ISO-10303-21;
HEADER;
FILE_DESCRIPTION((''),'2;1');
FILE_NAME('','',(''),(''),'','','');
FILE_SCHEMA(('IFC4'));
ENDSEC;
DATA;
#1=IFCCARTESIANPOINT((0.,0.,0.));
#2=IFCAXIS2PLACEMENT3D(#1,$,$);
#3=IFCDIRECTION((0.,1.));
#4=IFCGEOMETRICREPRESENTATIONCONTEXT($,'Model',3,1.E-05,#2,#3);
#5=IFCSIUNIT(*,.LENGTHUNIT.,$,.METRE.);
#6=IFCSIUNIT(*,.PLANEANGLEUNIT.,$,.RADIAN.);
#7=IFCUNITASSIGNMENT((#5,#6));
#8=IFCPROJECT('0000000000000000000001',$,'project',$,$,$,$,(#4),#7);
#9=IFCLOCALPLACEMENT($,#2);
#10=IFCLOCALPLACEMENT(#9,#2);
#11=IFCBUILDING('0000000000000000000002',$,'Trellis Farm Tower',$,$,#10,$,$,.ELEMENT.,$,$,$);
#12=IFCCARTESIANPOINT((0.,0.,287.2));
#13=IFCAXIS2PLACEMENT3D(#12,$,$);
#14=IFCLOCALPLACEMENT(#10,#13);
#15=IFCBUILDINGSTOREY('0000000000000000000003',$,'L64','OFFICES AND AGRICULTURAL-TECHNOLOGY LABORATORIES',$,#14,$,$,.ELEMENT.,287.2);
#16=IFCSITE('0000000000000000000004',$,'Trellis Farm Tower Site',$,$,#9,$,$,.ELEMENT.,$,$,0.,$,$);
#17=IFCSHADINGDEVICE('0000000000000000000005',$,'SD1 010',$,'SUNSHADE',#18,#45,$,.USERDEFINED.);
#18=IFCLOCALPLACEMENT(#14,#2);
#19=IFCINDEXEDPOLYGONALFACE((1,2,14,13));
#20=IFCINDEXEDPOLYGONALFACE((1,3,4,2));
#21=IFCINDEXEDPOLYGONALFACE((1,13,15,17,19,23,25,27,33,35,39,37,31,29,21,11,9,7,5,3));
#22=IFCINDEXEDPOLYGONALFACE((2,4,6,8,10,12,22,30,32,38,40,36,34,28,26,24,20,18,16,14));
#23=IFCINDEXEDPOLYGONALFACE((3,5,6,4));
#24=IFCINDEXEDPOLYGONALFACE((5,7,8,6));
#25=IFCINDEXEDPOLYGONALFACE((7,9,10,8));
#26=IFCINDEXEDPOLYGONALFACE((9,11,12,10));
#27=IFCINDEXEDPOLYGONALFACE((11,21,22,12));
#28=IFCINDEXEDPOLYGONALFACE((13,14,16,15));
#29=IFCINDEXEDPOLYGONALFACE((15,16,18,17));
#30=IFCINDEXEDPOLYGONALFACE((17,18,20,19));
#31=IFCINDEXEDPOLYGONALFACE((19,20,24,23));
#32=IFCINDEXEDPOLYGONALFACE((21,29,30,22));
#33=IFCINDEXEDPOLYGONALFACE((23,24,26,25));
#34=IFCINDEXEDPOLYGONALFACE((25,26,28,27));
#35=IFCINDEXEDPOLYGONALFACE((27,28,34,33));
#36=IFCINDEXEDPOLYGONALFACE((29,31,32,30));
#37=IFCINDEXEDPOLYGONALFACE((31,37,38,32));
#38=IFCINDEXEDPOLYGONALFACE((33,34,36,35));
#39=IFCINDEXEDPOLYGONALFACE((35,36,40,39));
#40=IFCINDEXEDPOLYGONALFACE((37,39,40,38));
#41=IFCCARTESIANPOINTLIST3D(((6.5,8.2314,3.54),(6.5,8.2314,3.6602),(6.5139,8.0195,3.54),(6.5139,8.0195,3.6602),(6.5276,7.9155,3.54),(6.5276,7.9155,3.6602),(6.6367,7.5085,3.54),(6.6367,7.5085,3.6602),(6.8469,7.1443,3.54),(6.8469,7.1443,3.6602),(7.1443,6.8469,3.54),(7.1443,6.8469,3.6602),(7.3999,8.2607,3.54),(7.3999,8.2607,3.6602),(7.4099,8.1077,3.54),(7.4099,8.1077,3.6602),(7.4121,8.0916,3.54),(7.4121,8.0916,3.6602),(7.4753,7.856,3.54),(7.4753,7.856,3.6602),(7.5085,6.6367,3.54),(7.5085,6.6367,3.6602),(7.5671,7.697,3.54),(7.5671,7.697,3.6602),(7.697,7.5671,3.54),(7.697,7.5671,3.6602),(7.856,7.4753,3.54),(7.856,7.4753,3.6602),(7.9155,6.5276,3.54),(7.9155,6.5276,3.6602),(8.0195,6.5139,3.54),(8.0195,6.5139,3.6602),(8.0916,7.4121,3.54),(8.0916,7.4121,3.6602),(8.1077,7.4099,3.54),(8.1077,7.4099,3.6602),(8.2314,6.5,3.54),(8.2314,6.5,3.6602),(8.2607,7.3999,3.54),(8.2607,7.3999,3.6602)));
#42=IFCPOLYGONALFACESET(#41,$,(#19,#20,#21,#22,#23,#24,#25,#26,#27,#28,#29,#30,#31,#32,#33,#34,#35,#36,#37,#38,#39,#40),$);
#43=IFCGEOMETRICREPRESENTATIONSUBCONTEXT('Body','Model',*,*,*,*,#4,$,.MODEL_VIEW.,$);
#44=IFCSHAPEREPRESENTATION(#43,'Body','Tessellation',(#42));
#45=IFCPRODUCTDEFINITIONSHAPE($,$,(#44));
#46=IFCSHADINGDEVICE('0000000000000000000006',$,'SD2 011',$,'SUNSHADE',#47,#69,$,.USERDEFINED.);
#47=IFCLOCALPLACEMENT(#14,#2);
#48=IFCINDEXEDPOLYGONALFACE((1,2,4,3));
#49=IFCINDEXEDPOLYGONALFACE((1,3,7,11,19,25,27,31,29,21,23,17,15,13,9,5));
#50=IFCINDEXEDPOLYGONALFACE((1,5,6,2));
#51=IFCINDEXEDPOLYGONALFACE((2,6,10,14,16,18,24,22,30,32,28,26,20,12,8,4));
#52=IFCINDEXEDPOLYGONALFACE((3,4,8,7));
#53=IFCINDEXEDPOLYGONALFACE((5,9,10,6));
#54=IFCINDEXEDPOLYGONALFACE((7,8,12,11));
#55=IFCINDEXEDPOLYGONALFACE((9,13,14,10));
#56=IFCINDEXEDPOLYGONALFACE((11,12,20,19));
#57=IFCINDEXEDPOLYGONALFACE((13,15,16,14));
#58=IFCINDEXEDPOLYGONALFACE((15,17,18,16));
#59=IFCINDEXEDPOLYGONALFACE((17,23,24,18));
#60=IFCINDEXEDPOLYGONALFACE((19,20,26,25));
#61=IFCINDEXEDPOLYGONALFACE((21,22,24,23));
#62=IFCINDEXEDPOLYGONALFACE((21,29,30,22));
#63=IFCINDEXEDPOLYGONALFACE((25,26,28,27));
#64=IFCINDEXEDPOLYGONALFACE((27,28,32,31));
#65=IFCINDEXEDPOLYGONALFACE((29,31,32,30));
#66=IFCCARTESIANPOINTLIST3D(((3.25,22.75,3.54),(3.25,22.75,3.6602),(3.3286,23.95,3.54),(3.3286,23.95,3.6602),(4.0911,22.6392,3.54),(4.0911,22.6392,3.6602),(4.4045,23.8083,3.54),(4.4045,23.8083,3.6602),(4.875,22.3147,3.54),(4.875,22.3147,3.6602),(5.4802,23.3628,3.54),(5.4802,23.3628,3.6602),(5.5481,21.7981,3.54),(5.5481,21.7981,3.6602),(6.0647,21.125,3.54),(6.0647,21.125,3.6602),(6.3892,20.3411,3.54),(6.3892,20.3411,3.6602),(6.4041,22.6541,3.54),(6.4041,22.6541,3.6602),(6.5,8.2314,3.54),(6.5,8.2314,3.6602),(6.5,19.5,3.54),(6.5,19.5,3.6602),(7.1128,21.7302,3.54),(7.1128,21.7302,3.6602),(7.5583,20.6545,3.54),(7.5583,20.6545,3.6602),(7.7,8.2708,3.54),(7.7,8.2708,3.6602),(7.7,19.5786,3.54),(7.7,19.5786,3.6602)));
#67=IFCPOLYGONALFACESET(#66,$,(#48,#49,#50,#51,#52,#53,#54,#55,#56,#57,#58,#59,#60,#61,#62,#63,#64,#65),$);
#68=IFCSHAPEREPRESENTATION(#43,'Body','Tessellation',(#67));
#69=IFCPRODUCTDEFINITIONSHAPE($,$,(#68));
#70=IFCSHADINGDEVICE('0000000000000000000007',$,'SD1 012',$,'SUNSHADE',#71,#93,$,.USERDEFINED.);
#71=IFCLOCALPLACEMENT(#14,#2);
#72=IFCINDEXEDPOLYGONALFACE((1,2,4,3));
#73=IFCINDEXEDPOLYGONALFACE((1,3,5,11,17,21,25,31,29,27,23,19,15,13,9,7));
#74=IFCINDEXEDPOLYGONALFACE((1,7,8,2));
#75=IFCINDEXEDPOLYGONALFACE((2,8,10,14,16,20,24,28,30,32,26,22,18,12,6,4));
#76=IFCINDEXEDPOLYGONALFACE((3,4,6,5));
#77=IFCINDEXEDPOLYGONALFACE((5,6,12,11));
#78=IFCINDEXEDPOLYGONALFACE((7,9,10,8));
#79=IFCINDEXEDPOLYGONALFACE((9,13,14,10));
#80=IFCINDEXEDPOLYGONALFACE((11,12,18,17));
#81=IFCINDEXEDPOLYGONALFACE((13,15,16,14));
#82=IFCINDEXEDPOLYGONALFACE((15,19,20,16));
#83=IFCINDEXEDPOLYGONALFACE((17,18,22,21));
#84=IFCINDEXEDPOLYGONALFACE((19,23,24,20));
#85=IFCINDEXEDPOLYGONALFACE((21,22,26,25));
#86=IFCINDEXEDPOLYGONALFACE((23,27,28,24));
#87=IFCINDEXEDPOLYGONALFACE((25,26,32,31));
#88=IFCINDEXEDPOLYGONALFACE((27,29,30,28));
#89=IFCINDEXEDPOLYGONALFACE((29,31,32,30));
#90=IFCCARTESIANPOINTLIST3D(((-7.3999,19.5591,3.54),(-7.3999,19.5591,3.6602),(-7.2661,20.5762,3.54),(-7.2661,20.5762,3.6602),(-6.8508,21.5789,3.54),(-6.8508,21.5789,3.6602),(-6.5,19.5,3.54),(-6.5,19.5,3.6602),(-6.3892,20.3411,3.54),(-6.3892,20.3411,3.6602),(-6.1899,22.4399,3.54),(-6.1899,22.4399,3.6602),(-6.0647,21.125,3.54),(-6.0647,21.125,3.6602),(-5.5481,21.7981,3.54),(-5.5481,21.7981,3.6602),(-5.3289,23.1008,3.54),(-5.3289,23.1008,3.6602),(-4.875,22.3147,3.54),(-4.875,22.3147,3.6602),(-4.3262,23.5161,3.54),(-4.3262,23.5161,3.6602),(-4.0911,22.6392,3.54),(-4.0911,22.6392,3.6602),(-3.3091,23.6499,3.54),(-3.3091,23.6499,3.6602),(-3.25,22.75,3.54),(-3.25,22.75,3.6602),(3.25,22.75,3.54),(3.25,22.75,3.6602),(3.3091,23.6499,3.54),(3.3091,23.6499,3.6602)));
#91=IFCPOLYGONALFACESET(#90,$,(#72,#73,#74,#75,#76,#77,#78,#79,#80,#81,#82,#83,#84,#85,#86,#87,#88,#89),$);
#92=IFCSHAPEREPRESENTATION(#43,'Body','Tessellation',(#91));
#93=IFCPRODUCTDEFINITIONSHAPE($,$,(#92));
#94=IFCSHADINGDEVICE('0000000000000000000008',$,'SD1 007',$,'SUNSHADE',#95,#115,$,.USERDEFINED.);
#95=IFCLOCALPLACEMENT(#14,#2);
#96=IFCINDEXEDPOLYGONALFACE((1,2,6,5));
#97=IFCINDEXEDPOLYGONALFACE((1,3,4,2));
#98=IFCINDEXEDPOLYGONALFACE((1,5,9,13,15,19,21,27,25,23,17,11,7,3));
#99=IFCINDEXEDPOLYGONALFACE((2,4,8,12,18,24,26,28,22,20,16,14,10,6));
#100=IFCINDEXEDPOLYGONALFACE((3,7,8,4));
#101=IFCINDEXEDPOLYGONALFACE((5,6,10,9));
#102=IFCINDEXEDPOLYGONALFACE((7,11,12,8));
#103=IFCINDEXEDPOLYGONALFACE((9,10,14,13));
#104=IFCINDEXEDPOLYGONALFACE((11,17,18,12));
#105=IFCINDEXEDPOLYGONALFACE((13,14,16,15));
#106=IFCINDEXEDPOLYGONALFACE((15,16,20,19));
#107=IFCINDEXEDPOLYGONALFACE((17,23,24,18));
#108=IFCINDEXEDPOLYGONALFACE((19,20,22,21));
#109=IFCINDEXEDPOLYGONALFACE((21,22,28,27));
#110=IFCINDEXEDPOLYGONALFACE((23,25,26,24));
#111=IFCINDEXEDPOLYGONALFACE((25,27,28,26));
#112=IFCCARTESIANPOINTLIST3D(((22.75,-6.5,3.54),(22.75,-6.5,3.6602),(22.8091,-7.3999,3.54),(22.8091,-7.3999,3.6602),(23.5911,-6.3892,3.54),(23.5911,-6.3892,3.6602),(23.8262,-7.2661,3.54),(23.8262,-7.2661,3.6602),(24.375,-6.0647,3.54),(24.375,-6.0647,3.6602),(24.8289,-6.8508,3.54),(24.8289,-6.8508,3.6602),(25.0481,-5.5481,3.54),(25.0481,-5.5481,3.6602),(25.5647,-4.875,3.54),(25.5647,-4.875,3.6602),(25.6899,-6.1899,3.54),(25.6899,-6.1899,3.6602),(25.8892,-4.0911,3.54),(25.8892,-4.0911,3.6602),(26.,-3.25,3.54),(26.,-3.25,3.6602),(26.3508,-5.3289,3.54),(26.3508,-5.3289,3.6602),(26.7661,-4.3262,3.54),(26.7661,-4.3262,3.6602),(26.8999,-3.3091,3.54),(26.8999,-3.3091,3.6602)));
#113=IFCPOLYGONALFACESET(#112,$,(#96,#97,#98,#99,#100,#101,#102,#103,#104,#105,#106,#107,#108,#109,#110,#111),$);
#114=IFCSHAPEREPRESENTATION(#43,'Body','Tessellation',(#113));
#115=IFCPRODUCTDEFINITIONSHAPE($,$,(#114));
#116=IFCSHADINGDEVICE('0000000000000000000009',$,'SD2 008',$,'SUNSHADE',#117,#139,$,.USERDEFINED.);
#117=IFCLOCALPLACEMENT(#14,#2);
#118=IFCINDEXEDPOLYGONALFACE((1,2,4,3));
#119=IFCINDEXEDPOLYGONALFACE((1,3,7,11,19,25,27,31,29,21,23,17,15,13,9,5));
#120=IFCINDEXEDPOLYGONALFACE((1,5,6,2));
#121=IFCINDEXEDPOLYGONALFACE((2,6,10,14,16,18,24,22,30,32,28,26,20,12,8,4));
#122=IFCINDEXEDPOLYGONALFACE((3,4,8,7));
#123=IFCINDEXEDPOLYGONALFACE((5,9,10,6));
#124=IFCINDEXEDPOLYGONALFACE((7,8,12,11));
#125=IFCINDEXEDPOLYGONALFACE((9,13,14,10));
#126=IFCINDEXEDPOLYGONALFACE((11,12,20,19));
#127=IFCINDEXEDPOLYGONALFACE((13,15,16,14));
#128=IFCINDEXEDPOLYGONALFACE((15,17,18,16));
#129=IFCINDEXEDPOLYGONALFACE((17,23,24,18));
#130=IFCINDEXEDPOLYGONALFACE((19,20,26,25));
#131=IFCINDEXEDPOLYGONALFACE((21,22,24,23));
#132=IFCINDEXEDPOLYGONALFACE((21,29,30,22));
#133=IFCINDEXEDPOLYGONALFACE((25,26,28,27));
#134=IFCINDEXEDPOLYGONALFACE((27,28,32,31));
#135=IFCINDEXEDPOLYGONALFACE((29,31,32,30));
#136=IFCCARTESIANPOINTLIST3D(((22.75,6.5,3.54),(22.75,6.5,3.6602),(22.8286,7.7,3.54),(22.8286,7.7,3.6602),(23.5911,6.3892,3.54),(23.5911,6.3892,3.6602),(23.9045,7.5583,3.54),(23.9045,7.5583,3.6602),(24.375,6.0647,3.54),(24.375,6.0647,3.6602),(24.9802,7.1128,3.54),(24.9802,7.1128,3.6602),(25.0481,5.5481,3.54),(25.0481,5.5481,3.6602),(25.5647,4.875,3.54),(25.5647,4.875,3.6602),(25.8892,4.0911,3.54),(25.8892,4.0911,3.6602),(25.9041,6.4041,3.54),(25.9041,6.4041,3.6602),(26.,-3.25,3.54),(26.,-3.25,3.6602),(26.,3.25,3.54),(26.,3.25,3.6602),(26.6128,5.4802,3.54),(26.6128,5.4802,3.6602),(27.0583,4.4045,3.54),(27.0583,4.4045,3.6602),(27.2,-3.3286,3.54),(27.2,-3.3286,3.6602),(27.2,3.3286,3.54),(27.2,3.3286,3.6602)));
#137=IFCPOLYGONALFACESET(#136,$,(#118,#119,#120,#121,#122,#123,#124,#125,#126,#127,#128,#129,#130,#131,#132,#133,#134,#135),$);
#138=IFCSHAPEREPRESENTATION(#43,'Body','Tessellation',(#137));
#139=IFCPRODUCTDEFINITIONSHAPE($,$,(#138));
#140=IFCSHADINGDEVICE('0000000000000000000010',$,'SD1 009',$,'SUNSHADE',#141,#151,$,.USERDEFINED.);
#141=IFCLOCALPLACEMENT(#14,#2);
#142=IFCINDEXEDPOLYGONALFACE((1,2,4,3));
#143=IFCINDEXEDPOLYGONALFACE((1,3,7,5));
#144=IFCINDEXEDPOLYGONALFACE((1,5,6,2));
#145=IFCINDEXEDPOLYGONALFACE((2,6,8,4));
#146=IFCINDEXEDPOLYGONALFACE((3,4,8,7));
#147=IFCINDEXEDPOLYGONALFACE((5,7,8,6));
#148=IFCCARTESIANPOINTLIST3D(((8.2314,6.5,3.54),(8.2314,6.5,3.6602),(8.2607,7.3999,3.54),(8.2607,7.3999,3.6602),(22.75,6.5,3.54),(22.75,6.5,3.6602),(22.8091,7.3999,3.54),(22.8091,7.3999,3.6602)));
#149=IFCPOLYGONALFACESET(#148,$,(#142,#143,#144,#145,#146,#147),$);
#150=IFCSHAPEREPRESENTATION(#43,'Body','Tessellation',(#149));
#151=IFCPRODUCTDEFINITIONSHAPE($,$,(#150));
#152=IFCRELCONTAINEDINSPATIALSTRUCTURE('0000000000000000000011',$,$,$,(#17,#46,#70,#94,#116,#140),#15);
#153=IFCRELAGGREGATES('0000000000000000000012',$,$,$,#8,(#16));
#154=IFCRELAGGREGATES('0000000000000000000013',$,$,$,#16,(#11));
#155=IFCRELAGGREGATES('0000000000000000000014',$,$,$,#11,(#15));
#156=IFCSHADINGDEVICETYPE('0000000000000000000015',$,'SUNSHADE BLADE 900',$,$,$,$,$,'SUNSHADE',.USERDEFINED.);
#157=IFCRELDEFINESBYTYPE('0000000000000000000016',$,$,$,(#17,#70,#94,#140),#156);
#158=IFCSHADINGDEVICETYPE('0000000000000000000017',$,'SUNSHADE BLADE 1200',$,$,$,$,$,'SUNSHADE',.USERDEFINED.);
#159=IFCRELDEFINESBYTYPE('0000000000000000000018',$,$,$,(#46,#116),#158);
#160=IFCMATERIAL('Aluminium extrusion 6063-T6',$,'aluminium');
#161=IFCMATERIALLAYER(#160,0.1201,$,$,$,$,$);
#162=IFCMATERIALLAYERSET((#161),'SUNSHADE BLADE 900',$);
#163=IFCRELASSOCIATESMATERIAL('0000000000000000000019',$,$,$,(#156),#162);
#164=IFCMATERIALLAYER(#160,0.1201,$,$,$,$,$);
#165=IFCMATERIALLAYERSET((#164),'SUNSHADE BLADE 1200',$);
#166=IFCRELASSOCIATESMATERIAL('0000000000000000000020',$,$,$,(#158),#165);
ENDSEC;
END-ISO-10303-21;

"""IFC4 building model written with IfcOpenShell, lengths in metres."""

from ifc_helpers import new_model, si_unit, direction, frame, origin, place, context, subcontext, project, spatial, polyline, outline, extrude, source, transform, mapped, material, layer, layer_set, type_object, element, save


model = new_model("IFC4")

# Units and contexts
model_context = context("Model", 3, precision=1e-05, world=origin(), true_north=direction((0.0, 1.0)))
body_context = subcontext(model_context, "Body", "Model", "MODEL_VIEW")
ifc_project = project(units=[si_unit("LENGTHUNIT", "METRE"), si_unit("PLANEANGLEUNIT", "RADIAN")], contexts=[model_context])

# Site, building, storey
site_placement = place(None, origin())
site = spatial("IfcSite", under=ifc_project, at=site_placement, Name="Trellis Farm Tower Site", CompositionType="ELEMENT", RefElevation=0.0)
building_placement = place(site_placement, origin())
building = spatial("IfcBuilding", under=site, at=building_placement, Name="Trellis Farm Tower", CompositionType="ELEMENT")
storey_placement = place(building_placement, frame((0.0, 0.0, 287.2)))
storey = spatial("IfcBuildingStorey", under=building, at=storey_placement, Name="L64", Description="OFFICES AND AGRICULTURAL-TECHNOLOGY LABORATORIES", CompositionType="ELEMENT", Elevation=287.2)

# Shared definitions
ifc_material_1 = material(Name="Aluminium extrusion 6063-T6", Category="aluminium")

# Shading devices
ifc_layer_1 = layer(ifc_material_1, 0.1201)
ifc_layer_set_1 = layer_set([ifc_layer_1], Name="SUNSHADE BLADE 900")
shading_device_type_1 = type_object("IfcShadingDeviceType", Name="SUNSHADE BLADE 900", ElementType="SUNSHADE", PredefinedType="USERDEFINED", material=ifc_layer_set_1)
shared_shape_1 = source(origin(), body_context, "Body", "SweptSolid", [
    extrude(outline(polyline([(8.2607, 7.3999), (8.1077, 7.4099), (8.0916, 7.4121), (7.856, 7.4753), (7.697, 7.5671), (7.5671, 7.697), (7.4753, 7.856), (7.4121, 8.0916), (7.4099, 8.1077), (7.3999, 8.2607), (6.5, 8.2314), (6.5139, 8.0195), (6.5276, 7.9155), (6.6367, 7.5085), (6.8469, 7.1443), (7.1443, 6.8469), (7.5085, 6.6367), (7.9155, 6.5276), (8.0195, 6.5139), (8.2314, 6.5), (8.2607, 7.3999)])), origin(), (0.0, 0.0, 1.0), 0.1201),
])
placement_1 = place(storey_placement, frame((0.0, 0.0, 3.54)))
element("IfcShadingDevice", 1, at=placement_1, inside=storey, type_object=shading_device_type_1, Name="SD1 010", ObjectType="SUNSHADE", PredefinedType="USERDEFINED", context=body_context, shape_type="MappedRepresentation", body=[
    mapped(shared_shape_1, transform((0.0, 0.0, 0.0))),
])
ifc_layer_2 = layer(ifc_material_1, 0.1201)
ifc_layer_set_2 = layer_set([ifc_layer_2], Name="SUNSHADE BLADE 1200")
shading_device_type_2 = type_object("IfcShadingDeviceType", Name="SUNSHADE BLADE 1200", ElementType="SUNSHADE", PredefinedType="USERDEFINED", material=ifc_layer_set_2)
shared_shape_2 = source(origin(), body_context, "Body", "SweptSolid", [
    extrude(outline(polyline([(7.7, 8.2708), (7.7, 19.5786), (7.5583, 20.6545), (7.1128, 21.7302), (6.4041, 22.6541), (5.4802, 23.3628), (4.4045, 23.8083), (3.3286, 23.95), (3.25, 22.75), (4.0911, 22.6392), (4.875, 22.3147), (5.5481, 21.7981), (6.0647, 21.125), (6.3892, 20.3411), (6.5, 19.5), (6.5, 8.2314), (7.7, 8.2708)])), origin(), (0.0, 0.0, 1.0), 0.1201),
])
element("IfcShadingDevice", 2, at=placement_1, inside=storey, type_object=shading_device_type_2, Name="SD2 011", ObjectType="SUNSHADE", PredefinedType="USERDEFINED", context=body_context, shape_type="MappedRepresentation", body=[
    mapped(shared_shape_2, transform((0.0, 0.0, 0.0))),
])
shared_shape_3 = source(origin(), body_context, "Body", "SweptSolid", [
    extrude(outline(polyline([(3.3091, 23.6499), (-3.3091, 23.6499), (-4.3262, 23.5161), (-5.3289, 23.1008), (-6.1899, 22.4399), (-6.8508, 21.5789), (-7.2661, 20.5762), (-7.3999, 19.5591), (-6.5, 19.5), (-6.3892, 20.3411), (-6.0647, 21.125), (-5.5481, 21.7981), (-4.875, 22.3147), (-4.0911, 22.6392), (-3.25, 22.75), (3.25, 22.75), (3.3091, 23.6499)])), origin(), (0.0, 0.0, 1.0), 0.1201),
])
element("IfcShadingDevice", 3, at=placement_1, inside=storey, type_object=shading_device_type_1, Name="SD1 012", ObjectType="SUNSHADE", PredefinedType="USERDEFINED", context=body_context, shape_type="MappedRepresentation", body=[
    mapped(shared_shape_3, transform((0.0, 0.0, 0.0))),
])
shared_shape_4 = source(origin(), body_context, "Body", "SweptSolid", [
    extrude(outline(polyline([(22.8091, -7.3999), (23.8262, -7.2661), (24.8289, -6.8508), (25.6899, -6.1899), (26.3508, -5.3289), (26.7661, -4.3262), (26.8999, -3.3091), (26.0, -3.25), (25.8892, -4.0911), (25.5647, -4.875), (25.0481, -5.5481), (24.375, -6.0647), (23.5911, -6.3892), (22.75, -6.5), (22.8091, -7.3999)])), origin(), (0.0, 0.0, 1.0), 0.1201),
])
element("IfcShadingDevice", 4, at=placement_1, inside=storey, type_object=shading_device_type_1, Name="SD1 007", ObjectType="SUNSHADE", PredefinedType="USERDEFINED", context=body_context, shape_type="MappedRepresentation", body=[
    mapped(shared_shape_4, transform((0.0, 0.0, 0.0))),
])
shared_shape_5 = source(origin(), body_context, "Body", "SweptSolid", [
    extrude(outline(polyline([(27.2, -3.3286), (27.2, 3.3286), (27.0583, 4.4045), (26.6128, 5.4802), (25.9041, 6.4041), (24.9802, 7.1128), (23.9045, 7.5583), (22.8286, 7.7), (22.75, 6.5), (23.5911, 6.3892), (24.375, 6.0647), (25.0481, 5.5481), (25.5647, 4.875), (25.8892, 4.0911), (26.0, 3.25), (26.0, -3.25), (27.2, -3.3286)])), origin(), (0.0, 0.0, 1.0), 0.1201),
])
element("IfcShadingDevice", 5, at=placement_1, inside=storey, type_object=shading_device_type_2, Name="SD2 008", ObjectType="SUNSHADE", PredefinedType="USERDEFINED", context=body_context, shape_type="MappedRepresentation", body=[
    mapped(shared_shape_5, transform((0.0, 0.0, 0.0))),
])
shared_shape_6 = source(origin(), body_context, "Body", "SweptSolid", [
    extrude(outline(polyline([(22.8091, 7.3999), (8.2607, 7.3999), (8.2314, 6.5), (22.75, 6.5), (22.8091, 7.3999)])), origin(), (0.0, 0.0, 1.0), 0.1201),
])
element("IfcShadingDevice", 6, at=placement_1, inside=storey, type_object=shading_device_type_1, Name="SD1 009", ObjectType="SUNSHADE", PredefinedType="USERDEFINED", context=body_context, shape_type="MappedRepresentation", body=[
    mapped(shared_shape_6, transform((0.0, 0.0, 0.0))),
])

save(model, "model.ifc")
